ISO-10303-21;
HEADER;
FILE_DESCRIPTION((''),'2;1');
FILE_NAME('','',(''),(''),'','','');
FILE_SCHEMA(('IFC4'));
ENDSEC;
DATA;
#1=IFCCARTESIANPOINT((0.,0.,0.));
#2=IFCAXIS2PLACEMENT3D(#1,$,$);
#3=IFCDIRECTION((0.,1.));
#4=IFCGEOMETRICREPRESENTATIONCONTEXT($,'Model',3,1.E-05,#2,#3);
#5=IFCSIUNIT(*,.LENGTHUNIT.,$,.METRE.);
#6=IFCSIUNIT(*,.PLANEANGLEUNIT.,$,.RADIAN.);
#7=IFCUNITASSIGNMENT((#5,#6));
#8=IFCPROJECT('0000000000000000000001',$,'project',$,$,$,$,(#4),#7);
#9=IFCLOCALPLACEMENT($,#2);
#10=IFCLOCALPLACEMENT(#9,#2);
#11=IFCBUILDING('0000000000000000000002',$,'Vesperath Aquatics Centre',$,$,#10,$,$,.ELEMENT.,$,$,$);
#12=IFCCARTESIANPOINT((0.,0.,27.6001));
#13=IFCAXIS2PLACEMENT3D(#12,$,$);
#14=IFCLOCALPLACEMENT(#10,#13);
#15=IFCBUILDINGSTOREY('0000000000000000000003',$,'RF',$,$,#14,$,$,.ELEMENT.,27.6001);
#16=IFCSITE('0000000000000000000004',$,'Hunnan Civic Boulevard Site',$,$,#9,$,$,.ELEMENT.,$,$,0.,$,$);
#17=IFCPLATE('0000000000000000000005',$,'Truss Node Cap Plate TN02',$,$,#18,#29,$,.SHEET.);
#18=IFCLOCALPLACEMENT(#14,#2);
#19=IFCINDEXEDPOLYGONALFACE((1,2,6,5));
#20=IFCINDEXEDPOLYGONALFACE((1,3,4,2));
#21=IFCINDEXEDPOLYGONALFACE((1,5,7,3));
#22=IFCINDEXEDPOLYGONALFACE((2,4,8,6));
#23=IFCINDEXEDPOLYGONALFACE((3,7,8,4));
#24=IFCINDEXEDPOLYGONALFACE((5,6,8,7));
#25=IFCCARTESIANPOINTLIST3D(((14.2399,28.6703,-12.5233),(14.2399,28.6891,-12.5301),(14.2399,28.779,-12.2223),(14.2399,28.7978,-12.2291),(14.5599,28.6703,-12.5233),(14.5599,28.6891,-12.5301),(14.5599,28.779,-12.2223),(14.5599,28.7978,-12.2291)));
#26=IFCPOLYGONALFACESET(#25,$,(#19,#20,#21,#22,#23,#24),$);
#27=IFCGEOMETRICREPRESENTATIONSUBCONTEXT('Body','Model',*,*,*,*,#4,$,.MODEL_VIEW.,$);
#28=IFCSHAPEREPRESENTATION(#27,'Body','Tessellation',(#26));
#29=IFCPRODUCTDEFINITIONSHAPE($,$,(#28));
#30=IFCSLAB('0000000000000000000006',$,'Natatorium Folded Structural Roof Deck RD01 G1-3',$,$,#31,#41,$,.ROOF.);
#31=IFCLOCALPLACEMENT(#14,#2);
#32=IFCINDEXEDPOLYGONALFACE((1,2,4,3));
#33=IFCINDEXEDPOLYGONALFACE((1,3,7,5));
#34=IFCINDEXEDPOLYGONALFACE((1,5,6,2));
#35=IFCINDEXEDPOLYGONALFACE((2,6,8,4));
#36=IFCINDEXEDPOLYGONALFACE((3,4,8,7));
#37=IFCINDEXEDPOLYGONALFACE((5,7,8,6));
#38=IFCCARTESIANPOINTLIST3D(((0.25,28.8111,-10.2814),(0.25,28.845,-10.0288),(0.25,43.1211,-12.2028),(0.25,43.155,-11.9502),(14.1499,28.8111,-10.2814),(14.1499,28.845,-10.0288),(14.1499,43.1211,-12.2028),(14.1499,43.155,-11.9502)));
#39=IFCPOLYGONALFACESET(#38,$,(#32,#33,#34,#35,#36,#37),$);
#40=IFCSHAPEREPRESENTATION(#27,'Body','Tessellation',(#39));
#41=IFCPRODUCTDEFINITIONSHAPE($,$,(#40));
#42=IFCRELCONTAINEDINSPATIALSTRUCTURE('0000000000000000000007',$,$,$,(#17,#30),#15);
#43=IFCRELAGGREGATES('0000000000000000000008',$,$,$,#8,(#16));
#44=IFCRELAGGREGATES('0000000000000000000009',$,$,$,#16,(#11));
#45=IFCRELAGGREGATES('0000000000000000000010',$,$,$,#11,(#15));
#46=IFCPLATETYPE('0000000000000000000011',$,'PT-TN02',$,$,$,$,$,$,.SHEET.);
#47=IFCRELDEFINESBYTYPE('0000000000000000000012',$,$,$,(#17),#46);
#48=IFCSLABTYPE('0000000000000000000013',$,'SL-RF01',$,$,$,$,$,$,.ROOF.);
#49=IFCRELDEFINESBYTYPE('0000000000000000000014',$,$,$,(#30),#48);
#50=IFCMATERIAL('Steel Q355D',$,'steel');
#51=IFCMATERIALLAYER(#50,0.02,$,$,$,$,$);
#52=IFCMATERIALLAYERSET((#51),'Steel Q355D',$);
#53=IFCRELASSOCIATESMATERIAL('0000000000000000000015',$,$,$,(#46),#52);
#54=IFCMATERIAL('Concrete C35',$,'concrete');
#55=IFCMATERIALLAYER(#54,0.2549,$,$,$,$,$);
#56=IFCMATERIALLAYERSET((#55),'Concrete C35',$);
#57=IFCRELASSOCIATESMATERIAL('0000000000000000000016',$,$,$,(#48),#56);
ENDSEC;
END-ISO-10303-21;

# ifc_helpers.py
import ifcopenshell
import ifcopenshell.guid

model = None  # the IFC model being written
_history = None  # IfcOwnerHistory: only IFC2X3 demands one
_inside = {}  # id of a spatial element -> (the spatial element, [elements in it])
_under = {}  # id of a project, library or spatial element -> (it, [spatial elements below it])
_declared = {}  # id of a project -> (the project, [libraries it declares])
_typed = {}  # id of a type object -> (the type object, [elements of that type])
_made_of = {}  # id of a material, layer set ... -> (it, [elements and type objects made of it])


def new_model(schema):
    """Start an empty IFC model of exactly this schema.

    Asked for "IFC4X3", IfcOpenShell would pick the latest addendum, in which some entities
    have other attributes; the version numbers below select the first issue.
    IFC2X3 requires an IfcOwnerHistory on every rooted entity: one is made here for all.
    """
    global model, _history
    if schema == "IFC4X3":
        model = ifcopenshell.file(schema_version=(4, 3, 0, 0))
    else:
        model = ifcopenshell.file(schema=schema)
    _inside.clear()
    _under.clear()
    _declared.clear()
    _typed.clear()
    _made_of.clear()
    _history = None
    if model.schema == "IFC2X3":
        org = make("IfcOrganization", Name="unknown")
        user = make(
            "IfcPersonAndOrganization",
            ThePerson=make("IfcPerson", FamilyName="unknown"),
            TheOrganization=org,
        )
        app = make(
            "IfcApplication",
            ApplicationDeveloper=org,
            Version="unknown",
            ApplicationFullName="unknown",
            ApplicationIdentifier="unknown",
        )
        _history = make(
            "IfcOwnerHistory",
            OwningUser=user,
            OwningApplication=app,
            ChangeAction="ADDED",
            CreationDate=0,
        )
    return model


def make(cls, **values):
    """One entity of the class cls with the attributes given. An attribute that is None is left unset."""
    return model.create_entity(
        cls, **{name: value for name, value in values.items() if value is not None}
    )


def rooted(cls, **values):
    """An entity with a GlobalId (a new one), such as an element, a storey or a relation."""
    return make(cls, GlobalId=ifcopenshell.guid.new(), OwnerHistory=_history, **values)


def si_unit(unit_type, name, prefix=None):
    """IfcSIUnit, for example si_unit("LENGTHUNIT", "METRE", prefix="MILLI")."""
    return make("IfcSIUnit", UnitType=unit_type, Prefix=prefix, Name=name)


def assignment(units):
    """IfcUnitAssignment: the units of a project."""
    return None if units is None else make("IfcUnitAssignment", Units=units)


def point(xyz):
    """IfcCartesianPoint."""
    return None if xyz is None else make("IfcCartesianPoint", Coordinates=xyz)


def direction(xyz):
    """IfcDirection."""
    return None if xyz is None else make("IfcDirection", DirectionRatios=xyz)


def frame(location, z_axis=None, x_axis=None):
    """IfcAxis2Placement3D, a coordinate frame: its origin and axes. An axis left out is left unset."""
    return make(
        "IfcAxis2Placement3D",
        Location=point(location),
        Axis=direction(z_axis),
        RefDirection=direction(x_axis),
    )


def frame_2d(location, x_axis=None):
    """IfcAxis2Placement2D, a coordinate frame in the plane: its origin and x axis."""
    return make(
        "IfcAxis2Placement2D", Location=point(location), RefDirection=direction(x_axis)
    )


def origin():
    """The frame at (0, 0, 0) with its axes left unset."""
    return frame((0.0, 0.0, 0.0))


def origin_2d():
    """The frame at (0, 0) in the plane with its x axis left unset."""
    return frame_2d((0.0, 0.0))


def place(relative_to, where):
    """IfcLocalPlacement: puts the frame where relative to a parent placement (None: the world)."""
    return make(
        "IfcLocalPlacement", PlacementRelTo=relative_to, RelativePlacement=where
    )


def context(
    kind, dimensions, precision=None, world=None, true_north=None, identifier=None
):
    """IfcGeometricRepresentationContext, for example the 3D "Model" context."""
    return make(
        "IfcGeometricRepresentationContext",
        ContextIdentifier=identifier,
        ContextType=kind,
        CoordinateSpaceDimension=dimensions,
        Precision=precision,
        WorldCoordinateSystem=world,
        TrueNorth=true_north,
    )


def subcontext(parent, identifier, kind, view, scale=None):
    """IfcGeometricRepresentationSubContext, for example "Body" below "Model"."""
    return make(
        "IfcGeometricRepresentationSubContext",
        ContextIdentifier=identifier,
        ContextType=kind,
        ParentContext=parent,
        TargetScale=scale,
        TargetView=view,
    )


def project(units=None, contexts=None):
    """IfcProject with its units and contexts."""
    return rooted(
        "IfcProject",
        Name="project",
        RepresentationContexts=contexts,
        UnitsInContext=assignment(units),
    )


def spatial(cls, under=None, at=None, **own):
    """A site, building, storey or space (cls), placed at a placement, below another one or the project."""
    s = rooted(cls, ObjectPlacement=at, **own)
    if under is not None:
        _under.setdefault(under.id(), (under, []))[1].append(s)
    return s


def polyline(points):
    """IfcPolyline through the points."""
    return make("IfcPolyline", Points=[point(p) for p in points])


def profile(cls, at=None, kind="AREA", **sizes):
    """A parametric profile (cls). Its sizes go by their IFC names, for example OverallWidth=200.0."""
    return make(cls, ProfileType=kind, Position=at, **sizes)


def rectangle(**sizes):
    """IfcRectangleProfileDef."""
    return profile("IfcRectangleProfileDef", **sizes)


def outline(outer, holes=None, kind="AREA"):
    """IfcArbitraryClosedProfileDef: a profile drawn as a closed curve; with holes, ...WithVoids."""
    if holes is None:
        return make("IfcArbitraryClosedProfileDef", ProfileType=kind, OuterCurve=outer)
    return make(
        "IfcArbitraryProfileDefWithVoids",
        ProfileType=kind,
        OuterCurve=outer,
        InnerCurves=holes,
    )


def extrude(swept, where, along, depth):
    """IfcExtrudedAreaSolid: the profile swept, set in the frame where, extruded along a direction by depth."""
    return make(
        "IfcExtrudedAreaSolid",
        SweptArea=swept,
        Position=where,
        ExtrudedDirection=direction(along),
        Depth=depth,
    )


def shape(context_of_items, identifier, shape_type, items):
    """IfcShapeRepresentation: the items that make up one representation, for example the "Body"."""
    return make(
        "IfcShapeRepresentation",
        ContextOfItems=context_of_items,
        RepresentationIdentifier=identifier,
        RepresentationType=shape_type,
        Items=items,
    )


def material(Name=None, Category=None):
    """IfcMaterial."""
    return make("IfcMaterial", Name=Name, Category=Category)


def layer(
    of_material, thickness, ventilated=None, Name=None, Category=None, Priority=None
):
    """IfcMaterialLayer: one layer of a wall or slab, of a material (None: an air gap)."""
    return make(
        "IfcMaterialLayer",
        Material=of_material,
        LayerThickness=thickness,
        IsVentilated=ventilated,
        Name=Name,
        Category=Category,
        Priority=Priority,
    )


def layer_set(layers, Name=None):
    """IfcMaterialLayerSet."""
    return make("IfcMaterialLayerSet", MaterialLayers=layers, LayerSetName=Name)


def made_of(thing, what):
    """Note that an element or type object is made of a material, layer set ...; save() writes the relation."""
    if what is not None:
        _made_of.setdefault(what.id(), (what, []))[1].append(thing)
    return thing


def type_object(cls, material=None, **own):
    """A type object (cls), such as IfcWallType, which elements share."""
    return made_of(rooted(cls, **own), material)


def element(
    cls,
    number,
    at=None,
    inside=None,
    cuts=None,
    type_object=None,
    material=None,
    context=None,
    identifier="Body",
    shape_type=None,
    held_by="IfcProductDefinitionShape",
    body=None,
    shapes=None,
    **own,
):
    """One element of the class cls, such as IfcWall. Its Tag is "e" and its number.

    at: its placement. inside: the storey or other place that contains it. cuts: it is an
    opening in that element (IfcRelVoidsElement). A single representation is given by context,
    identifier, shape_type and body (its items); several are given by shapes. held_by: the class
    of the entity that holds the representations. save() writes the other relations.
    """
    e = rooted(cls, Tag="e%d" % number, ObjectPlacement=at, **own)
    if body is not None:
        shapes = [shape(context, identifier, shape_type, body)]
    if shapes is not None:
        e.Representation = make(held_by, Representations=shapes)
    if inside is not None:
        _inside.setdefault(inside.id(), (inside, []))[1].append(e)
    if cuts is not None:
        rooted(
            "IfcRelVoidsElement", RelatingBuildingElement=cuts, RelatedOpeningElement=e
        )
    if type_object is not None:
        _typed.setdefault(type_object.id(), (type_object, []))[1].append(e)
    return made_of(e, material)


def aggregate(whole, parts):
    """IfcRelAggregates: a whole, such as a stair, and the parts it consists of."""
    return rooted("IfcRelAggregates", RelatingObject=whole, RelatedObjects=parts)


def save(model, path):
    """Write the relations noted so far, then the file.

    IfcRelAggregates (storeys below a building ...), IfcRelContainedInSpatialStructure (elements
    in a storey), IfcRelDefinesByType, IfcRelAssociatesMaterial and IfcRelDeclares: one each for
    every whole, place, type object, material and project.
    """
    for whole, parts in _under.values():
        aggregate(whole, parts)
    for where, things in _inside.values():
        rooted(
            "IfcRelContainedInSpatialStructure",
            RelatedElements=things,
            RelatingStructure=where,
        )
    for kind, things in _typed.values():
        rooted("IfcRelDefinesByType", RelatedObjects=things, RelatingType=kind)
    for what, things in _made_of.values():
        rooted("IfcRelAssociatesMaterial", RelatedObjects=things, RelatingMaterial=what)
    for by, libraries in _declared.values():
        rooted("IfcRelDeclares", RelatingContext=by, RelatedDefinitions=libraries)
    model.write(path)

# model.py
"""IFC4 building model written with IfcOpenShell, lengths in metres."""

from ifc_helpers import new_model, si_unit, direction, frame, origin, origin_2d, place, context, subcontext, project, spatial, polyline, rectangle, outline, extrude, material, layer, layer_set, type_object, element, save


model = new_model("IFC4")

# Units and contexts
model_context = context("Model", 3, precision=1e-05, world=origin(), true_north=direction((0.0, 1.0)))
body_context = subcontext(model_context, "Body", "Model", "MODEL_VIEW")
ifc_project = project(units=[si_unit("LENGTHUNIT", "METRE"), si_unit("PLANEANGLEUNIT", "RADIAN")], contexts=[model_context])

# Site, building, storey
site_placement = place(None, origin())
site = spatial("IfcSite", under=ifc_project, at=site_placement, Name="Hunnan Civic Boulevard Site", CompositionType="ELEMENT", RefElevation=0.0)
building_placement = place(site_placement, origin())
building = spatial("IfcBuilding", under=site, at=building_placement, Name="Vesperath Aquatics Centre", CompositionType="ELEMENT")
storey_placement = place(building_placement, frame((0.0, 0.0, 27.6001)))
storey = spatial("IfcBuildingStorey", under=building, at=storey_placement, Name="RF", CompositionType="ELEMENT", Elevation=27.6001)

# Shared definitions
ifc_material_1 = material(Name="Steel Q355D", Category="steel")

# Plate
ifc_layer_1 = layer(ifc_material_1, 0.02)
ifc_layer_set_1 = layer_set([ifc_layer_1], Name="Steel Q355D")
plate_type_1 = type_object("IfcPlateType", Name="PT-TN02", PredefinedType="SHEET", material=ifc_layer_set_1)
for number, where, z_axis, x_axis, name in (
    (1, (14.3999, 28.7246, -12.3728), (0.0, 0.940554, -0.339644), (-1.0, 0.0, 0.0), "Truss Node Cap Plate TN02"),
):
    element("IfcPlate", number, at=place(storey_placement, frame(where, z_axis=z_axis, x_axis=x_axis)), inside=storey, type_object=plate_type_1, Name=name, PredefinedType="SHEET", context=body_context, shape_type="SweptSolid", body=[
        extrude(rectangle(XDim=0.3201, YDim=0.3201, at=origin_2d()), origin(), (0.0, 0.0, 1.0), 0.02),
    ])

# Slab
ifc_material_2 = material(Name="Concrete C35", Category="concrete")
ifc_layer_2 = layer(ifc_material_2, 0.2549)
ifc_layer_set_2 = layer_set([ifc_layer_2], Name="Concrete C35")
slab_type = type_object("IfcSlabType", Name="SL-RF01", PredefinedType="ROOF", material=ifc_layer_set_2)
slab_placement = place(storey_placement, frame((0.25, 28.845, -10.0288), z_axis=(0.0, 0.133074, 0.991106), x_axis=(1.0, 0.0, 0.0)))
element("IfcSlab", 2, at=slab_placement, inside=storey, type_object=slab_type, Name="Natatorium Folded Structural Roof Deck RD01 G1-3", PredefinedType="ROOF", context=body_context, shape_type="SweptSolid", body=[
    extrude(outline(polyline([(0.0, 0.0), (13.8999, 0.0), (13.8999, 14.4385), (0.0, 14.4385), (0.0, 0.0)])), origin(), (0.0, 0.0, -1.0), 0.2549),
])

save(model, "model.ifc")
